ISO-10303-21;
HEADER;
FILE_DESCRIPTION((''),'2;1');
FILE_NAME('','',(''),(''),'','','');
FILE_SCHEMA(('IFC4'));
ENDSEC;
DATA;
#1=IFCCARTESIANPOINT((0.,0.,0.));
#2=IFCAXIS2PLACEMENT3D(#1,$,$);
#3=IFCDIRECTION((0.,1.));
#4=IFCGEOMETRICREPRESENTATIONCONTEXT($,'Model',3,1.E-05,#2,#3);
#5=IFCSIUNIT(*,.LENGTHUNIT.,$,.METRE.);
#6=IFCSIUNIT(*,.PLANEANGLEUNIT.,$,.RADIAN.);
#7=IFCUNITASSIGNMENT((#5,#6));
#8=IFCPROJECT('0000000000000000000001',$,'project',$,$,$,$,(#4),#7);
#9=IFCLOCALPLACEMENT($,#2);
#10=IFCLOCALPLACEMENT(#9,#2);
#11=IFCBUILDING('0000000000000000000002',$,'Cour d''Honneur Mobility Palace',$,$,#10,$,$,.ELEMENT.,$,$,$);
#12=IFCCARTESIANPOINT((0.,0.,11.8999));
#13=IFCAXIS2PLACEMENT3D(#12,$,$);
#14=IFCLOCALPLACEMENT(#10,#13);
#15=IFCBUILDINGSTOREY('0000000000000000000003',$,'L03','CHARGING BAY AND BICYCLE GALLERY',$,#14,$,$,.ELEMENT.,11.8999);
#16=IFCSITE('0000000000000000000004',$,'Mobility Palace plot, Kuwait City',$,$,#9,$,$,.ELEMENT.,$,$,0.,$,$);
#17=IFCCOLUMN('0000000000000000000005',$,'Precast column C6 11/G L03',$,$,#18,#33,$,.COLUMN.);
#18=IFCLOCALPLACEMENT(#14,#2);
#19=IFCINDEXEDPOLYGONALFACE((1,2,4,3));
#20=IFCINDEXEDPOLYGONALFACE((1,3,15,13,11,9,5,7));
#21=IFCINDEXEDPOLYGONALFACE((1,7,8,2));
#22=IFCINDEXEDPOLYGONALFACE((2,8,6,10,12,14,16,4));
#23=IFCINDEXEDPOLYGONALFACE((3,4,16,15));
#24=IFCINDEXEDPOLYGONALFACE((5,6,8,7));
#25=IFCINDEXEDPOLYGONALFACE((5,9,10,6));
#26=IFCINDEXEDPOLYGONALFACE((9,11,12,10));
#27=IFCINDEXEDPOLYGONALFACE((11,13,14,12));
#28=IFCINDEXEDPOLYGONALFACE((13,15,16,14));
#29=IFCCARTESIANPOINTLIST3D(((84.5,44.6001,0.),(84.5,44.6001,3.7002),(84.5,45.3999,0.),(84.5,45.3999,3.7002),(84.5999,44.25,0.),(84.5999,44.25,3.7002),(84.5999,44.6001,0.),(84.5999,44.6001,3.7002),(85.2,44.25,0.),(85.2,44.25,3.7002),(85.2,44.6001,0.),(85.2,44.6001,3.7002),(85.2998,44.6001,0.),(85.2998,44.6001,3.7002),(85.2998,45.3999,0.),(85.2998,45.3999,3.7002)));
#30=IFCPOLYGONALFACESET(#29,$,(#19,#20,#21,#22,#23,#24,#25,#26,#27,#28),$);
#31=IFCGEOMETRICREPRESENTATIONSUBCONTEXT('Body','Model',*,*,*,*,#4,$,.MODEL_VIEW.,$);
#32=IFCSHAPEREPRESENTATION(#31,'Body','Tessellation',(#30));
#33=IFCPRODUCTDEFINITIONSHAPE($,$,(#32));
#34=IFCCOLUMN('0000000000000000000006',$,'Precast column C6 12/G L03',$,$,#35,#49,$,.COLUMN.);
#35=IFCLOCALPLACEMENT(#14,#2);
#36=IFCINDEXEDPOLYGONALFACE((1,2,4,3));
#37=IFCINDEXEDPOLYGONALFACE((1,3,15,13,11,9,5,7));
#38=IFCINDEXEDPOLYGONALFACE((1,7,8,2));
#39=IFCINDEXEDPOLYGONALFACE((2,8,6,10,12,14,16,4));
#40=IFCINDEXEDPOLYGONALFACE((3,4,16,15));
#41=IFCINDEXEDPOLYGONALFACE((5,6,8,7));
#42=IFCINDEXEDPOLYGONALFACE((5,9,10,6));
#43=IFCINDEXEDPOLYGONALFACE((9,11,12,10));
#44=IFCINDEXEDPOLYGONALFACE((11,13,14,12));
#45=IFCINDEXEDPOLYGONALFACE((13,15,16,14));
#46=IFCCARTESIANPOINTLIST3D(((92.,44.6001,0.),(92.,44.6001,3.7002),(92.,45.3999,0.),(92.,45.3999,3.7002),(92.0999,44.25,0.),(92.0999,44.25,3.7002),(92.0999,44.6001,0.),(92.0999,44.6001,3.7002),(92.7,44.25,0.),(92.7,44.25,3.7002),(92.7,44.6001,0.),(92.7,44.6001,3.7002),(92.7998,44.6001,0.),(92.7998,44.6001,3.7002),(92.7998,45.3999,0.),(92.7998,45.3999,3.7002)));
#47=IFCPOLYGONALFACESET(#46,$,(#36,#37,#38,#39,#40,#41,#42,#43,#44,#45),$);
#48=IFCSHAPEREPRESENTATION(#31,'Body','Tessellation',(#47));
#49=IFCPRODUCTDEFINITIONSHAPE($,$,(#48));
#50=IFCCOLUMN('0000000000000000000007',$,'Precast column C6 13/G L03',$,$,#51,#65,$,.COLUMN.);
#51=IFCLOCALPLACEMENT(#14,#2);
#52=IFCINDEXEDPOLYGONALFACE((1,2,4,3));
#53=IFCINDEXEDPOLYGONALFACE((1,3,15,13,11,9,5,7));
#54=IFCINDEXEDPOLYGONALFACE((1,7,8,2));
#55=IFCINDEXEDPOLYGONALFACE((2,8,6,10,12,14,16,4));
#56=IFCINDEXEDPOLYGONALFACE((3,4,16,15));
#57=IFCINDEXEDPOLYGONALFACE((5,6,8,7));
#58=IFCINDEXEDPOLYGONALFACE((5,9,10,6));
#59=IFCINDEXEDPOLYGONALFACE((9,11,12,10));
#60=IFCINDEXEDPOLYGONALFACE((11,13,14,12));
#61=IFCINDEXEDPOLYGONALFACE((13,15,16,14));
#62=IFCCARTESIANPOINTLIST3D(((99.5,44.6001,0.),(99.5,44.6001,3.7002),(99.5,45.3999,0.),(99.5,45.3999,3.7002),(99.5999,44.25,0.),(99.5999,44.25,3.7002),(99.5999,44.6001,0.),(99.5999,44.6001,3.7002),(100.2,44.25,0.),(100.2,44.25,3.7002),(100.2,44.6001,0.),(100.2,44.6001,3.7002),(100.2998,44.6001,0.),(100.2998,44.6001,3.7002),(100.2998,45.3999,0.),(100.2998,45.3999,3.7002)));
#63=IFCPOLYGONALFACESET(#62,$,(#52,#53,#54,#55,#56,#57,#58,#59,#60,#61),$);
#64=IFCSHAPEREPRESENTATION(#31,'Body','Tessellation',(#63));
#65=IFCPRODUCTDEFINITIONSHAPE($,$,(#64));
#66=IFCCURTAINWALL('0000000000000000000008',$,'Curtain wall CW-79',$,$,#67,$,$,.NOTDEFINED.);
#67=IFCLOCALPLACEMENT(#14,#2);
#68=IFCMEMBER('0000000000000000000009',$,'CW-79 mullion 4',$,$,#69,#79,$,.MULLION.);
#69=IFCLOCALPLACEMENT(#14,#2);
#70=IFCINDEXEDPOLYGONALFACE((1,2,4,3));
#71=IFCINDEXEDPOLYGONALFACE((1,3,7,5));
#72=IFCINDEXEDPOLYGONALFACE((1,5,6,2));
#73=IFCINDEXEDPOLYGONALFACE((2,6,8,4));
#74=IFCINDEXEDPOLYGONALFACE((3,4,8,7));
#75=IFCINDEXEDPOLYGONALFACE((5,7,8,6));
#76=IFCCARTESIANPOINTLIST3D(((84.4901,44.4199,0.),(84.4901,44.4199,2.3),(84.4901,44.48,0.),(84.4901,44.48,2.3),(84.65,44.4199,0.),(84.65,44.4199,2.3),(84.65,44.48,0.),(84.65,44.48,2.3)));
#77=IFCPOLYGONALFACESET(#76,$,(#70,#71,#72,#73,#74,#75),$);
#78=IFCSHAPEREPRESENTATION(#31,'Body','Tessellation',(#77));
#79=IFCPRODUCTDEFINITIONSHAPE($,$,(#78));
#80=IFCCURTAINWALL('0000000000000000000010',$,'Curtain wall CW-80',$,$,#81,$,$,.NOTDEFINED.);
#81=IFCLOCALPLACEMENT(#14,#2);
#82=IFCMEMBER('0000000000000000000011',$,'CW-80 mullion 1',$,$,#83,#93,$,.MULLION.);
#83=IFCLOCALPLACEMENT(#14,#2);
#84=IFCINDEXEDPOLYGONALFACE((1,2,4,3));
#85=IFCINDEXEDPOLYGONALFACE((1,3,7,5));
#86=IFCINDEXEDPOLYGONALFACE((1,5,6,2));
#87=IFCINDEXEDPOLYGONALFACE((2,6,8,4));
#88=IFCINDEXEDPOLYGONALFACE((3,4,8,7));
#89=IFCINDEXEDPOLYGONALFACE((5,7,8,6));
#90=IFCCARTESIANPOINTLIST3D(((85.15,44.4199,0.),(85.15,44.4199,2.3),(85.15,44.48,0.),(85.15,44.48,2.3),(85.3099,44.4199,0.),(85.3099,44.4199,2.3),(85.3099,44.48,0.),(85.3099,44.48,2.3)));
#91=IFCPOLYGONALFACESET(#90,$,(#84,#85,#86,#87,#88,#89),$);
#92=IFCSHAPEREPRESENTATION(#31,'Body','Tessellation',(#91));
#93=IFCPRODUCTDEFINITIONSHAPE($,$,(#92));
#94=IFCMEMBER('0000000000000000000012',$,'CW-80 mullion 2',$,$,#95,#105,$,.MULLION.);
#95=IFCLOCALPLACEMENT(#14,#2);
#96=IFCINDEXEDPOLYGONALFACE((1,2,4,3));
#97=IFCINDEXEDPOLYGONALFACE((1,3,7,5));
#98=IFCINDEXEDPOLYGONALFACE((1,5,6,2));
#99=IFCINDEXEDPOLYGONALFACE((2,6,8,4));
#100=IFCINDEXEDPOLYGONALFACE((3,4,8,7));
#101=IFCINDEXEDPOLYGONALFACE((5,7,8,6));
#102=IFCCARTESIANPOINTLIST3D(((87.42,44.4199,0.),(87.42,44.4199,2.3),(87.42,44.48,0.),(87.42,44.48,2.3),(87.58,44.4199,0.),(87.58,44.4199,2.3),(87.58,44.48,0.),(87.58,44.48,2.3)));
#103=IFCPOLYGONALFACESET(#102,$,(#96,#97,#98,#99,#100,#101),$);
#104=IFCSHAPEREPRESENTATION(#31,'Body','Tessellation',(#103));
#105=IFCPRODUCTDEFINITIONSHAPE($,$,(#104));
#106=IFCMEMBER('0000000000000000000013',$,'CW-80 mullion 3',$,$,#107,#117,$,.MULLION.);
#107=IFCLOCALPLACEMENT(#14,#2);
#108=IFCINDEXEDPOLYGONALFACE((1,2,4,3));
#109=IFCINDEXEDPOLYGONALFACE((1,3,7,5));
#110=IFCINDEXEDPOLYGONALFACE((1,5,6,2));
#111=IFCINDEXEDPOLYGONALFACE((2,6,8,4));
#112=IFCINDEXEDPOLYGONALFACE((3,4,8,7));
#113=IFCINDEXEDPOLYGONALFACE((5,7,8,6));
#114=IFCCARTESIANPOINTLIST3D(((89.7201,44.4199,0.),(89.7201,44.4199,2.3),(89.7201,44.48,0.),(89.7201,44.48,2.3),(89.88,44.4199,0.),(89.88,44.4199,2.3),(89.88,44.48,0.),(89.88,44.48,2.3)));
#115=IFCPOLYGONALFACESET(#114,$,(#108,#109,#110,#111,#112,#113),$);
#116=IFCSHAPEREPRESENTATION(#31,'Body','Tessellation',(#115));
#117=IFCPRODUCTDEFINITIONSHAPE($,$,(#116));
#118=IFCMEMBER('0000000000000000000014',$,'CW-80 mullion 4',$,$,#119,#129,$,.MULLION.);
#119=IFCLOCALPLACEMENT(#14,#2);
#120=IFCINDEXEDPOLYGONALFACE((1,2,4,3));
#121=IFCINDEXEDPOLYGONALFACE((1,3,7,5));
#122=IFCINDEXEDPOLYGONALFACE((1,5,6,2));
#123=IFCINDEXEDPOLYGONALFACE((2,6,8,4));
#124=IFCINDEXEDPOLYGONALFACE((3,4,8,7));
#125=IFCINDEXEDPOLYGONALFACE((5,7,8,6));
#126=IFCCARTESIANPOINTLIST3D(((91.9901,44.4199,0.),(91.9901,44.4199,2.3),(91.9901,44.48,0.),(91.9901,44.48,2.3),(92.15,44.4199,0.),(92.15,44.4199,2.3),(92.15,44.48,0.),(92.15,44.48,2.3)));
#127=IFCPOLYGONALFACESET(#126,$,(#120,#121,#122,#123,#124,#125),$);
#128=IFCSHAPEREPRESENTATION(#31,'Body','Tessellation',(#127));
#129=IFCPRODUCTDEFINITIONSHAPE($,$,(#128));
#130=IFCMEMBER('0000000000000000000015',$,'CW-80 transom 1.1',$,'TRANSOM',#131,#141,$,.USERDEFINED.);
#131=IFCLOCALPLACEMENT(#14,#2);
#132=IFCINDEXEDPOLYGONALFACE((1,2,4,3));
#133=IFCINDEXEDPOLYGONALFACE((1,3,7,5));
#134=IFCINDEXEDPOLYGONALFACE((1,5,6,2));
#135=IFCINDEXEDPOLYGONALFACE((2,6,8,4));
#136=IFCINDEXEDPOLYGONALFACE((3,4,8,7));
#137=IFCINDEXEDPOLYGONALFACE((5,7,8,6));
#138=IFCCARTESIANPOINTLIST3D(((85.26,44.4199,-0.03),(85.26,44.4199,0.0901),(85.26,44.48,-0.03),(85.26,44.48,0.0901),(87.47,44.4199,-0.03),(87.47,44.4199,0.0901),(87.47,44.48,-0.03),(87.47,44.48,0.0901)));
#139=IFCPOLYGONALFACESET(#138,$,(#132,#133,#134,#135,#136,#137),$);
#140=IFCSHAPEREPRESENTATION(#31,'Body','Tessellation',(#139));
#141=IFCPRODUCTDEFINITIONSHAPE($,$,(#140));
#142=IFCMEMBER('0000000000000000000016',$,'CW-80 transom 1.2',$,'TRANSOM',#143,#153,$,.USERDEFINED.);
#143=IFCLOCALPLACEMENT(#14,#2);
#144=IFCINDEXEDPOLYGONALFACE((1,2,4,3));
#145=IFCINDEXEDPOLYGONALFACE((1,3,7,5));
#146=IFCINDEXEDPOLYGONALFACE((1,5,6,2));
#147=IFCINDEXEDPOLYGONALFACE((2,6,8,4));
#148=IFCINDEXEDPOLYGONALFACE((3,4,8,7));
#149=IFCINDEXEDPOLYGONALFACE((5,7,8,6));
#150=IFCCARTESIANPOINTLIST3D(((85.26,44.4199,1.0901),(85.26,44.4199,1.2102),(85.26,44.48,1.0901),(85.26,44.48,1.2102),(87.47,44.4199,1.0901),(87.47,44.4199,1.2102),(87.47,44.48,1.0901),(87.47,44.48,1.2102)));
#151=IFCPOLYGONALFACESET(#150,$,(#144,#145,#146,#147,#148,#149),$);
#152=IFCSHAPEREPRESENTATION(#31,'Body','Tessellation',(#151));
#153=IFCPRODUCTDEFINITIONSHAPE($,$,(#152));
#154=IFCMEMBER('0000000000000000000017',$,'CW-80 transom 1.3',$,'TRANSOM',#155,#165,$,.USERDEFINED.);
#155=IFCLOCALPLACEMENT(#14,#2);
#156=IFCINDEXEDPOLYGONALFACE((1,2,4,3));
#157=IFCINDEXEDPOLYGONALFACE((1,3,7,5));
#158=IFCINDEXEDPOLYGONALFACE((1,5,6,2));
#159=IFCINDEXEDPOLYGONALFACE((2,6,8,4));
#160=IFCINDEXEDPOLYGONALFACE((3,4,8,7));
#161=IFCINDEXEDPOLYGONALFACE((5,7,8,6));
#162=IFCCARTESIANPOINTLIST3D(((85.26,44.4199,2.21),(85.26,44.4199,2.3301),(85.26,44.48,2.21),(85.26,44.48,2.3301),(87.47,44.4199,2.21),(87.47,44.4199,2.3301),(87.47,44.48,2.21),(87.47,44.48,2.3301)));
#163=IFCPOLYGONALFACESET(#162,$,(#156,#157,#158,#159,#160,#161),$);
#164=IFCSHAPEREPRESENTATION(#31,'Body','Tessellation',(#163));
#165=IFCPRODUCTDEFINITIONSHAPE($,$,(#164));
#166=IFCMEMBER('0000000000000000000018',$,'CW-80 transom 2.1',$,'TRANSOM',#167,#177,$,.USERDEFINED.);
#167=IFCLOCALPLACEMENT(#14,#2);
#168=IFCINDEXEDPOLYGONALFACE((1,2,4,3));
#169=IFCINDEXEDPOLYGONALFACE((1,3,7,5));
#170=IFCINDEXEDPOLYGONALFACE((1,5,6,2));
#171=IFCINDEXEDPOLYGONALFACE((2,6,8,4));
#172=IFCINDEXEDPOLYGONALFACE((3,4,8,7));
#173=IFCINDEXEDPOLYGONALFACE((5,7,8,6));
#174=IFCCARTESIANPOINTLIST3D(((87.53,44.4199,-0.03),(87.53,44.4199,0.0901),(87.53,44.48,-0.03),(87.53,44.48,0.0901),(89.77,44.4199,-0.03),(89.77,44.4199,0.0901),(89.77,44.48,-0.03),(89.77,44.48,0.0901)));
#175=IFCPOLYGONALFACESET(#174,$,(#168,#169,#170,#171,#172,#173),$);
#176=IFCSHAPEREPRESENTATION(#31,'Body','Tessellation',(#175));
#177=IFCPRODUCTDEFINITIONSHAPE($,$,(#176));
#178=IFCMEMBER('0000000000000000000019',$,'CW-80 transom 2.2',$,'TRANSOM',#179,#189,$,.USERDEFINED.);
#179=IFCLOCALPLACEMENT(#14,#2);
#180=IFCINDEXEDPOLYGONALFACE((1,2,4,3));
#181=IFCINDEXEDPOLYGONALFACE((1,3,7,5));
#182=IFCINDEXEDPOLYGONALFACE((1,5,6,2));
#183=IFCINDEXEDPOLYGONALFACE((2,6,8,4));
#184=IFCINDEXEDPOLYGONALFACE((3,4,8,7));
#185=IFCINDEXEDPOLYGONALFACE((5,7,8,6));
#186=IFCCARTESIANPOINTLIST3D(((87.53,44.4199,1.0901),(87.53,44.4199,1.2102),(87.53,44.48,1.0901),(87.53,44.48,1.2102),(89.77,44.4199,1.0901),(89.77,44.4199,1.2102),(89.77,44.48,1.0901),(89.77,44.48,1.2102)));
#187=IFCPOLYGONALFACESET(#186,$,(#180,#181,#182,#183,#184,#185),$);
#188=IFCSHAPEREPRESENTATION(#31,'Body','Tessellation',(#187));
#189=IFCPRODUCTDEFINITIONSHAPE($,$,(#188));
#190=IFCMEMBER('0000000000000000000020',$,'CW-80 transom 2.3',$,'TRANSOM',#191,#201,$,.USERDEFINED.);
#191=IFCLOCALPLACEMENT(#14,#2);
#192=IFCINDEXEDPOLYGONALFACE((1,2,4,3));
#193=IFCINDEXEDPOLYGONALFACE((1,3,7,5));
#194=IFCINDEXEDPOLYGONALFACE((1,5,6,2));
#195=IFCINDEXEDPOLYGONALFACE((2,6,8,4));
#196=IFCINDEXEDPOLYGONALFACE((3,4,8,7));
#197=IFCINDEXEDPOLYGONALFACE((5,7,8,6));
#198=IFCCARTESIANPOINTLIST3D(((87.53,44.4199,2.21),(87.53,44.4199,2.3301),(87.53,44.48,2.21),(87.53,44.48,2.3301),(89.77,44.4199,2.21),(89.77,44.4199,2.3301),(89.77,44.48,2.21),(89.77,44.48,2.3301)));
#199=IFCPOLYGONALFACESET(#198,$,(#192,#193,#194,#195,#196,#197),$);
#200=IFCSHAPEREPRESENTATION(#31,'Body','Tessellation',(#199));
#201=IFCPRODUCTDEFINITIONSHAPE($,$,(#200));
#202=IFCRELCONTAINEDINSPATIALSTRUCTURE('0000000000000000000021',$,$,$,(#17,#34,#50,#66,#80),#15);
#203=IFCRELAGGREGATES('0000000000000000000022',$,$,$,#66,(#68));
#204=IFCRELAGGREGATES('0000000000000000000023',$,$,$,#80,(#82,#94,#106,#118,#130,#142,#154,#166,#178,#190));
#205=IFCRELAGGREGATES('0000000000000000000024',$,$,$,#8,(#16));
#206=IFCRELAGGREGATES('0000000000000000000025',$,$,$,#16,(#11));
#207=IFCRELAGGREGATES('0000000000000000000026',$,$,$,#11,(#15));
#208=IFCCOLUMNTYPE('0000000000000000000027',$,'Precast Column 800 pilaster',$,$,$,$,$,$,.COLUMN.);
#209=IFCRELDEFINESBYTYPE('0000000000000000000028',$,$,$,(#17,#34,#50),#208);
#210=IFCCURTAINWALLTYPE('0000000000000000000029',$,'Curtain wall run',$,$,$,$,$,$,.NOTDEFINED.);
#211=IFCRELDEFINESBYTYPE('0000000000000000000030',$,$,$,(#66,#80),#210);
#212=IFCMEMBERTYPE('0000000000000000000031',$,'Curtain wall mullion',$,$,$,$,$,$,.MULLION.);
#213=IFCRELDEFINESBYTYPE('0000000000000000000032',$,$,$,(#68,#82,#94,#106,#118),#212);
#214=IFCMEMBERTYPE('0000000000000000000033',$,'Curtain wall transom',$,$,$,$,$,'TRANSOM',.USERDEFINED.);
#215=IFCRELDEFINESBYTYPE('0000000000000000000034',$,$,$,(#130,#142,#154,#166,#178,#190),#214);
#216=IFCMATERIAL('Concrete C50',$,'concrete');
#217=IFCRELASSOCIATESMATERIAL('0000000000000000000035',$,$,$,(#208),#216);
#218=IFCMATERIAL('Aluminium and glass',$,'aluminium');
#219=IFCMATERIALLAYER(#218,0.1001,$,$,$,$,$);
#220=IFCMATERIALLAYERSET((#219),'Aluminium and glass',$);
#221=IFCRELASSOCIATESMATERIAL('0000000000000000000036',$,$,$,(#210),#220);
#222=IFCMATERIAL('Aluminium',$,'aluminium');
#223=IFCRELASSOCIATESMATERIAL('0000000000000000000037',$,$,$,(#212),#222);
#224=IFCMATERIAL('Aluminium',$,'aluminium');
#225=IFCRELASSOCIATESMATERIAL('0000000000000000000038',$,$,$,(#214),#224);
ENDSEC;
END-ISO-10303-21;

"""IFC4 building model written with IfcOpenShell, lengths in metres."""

from ifc_helpers import new_model, si_unit, direction, frame, origin, origin_2d, place, context, subcontext, project, spatial, polyline, rectangle, outline, extrude, material, layer, layer_set, material_profile, profile_set, type_object, element, aggregate, save


model = new_model("IFC4")

# Units and contexts
model_context = context("Model", 3, precision=1e-05, world=origin(), true_north=direction((0.0, 1.0)))
body_context = subcontext(model_context, "Body", "Model", "MODEL_VIEW")
ifc_project = project(units=[si_unit("LENGTHUNIT", "METRE"), si_unit("PLANEANGLEUNIT", "RADIAN")], contexts=[model_context])

# Site, building, storey
site_placement = place(None, origin())
site = spatial("IfcSite", under=ifc_project, at=site_placement, Name="Mobility Palace plot, Kuwait City", CompositionType="ELEMENT", RefElevation=0.0)
building_placement = place(site_placement, origin())
building = spatial("IfcBuilding", under=site, at=building_placement, Name="Cour d'Honneur Mobility Palace", CompositionType="ELEMENT")
storey_placement = place(building_placement, frame((0.0, 0.0, 11.8999)))
storey = spatial("IfcBuildingStorey", under=building, at=storey_placement, Name="L03", Description="CHARGING BAY AND BICYCLE GALLERY", CompositionType="ELEMENT", Elevation=11.8999)

# Columns
ifc_material_1 = material(Name="Concrete C50", Category="concrete")
ifc_material_profile_1 = material_profile(ifc_material_1, outline(polyline([(-0.3999, -0.3999), (0.3999, -0.3999), (0.3999, -0.3), (0.75, -0.3), (0.75, 0.3), (0.3999, 0.3), (0.3999, 0.3999), (-0.3999, 0.3999), (-0.3999, -0.3999)])), Name="PC C800 pilaster")
ifc_profile_set_1 = profile_set([ifc_material_profile_1], Name="Concrete C50")
column_type = type_object("IfcColumnType", Name="Precast Column 800 pilaster", PredefinedType="COLUMN", material=ifc_profile_set_1)
for number, where, z_axis, x_axis, name in (
    (1, (84.8999, 45.0, 0.0), (0.0, 0.0, 1.0), (0.0, -1.0, 0.0), "Precast column C6 11/G L03"),
    (2, (92.3999, 45.0, 0.0), (0.0, 0.0, 1.0), (0.0, -1.0, 0.0), "Precast column C6 12/G L03"),
    (3, (99.8999, 45.0, 0.0), (0.0, 0.0, 1.0), (0.0, -1.0, 0.0), "Precast column C6 13/G L03"),
):
    element("IfcColumn", number, at=place(storey_placement, frame(where, z_axis=z_axis, x_axis=x_axis)), inside=storey, type_object=column_type, Name=name, PredefinedType="COLUMN", context=body_context, shape_type="SweptSolid", body=[
        extrude(outline(polyline([(-0.3999, -0.3999), (0.3999, -0.3999), (0.3999, -0.3), (0.75, -0.3), (0.75, 0.3), (0.3999, 0.3), (0.3999, 0.3999), (-0.3999, 0.3999), (-0.3999, -0.3999)])), origin(), (0.0, 0.0, 1.0), 3.7002),
    ])

# Curtain wall, member
ifc_material_2 = material(Name="Aluminium and glass", Category="aluminium")
ifc_layer_1 = layer(ifc_material_2, 0.1001)
ifc_layer_set_1 = layer_set([ifc_layer_1], Name="Aluminium and glass")
curtain_wall_type = type_object("IfcCurtainWallType", Name="Curtain wall run", PredefinedType="NOTDEFINED", material=ifc_layer_set_1)
curtain_wall_1_placement = place(storey_placement, origin())
curtain_wall_1 = element("IfcCurtainWall", 4, at=curtain_wall_1_placement, inside=storey, type_object=curtain_wall_type, Name="Curtain wall CW-79", PredefinedType="NOTDEFINED")
ifc_material_3 = material(Name="Aluminium", Category="aluminium")
ifc_material_profile_2 = material_profile(ifc_material_3, rectangle(XDim=0.0601, YDim=0.1599, at=origin_2d()), Name="Curtain wall mullion")
ifc_profile_set_2 = profile_set([ifc_material_profile_2], Name="Aluminium")
member_type_1 = type_object("IfcMemberType", Name="Curtain wall mullion", PredefinedType="MULLION", material=ifc_profile_set_2)
member_1_placement = place(storey_placement, frame((84.5701, 44.45, 0.0), z_axis=(0.0, 0.0, 1.0), x_axis=(0.0, 1.0, 0.0)))
member_1 = element("IfcMember", 5, at=member_1_placement, type_object=member_type_1, Name="CW-79 mullion 4", PredefinedType="MULLION", context=body_context, shape_type="SweptSolid", body=[
    extrude(rectangle(XDim=0.0601, YDim=0.1599, at=origin_2d()), origin(), (0.0, 0.0, 1.0), 2.3),
])
aggregate(curtain_wall_1, [member_1])

# Curtain wall, members
curtain_wall_2_placement = place(storey_placement, origin())
curtain_wall_2 = element("IfcCurtainWall", 6, at=curtain_wall_2_placement, inside=storey, type_object=curtain_wall_type, Name="Curtain wall CW-80", PredefinedType="NOTDEFINED")
member_2_placement = place(storey_placement, frame((85.23, 44.45, 0.0), z_axis=(0.0, 0.0, 1.0), x_axis=(0.0, 1.0, 0.0)))
member_2 = element("IfcMember", 7, at=member_2_placement, type_object=member_type_1, Name="CW-80 mullion 1", PredefinedType="MULLION", context=body_context, shape_type="SweptSolid", body=[
    extrude(rectangle(XDim=0.0601, YDim=0.1599, at=origin_2d()), origin(), (0.0, 0.0, 1.0), 2.3),
])
member_3_placement = place(storey_placement, frame((87.5, 44.45, 0.0), z_axis=(0.0, 0.0, 1.0), x_axis=(0.0, 1.0, 0.0)))
member_3 = element("IfcMember", 8, at=member_3_placement, type_object=member_type_1, Name="CW-80 mullion 2", PredefinedType="MULLION", context=body_context, shape_type="SweptSolid", body=[
    extrude(rectangle(XDim=0.0601, YDim=0.1599, at=origin_2d()), origin(), (0.0, 0.0, 1.0), 2.3),
])
member_4_placement = place(storey_placement, frame((89.8, 44.45, 0.0), z_axis=(0.0, 0.0, 1.0), x_axis=(0.0, 1.0, 0.0)))
member_4 = element("IfcMember", 9, at=member_4_placement, type_object=member_type_1, Name="CW-80 mullion 3", PredefinedType="MULLION", context=body_context, shape_type="SweptSolid", body=[
    extrude(rectangle(XDim=0.0601, YDim=0.1599, at=origin_2d()), origin(), (0.0, 0.0, 1.0), 2.3),
])
member_5_placement = place(storey_placement, frame((92.0701, 44.45, 0.0), z_axis=(0.0, 0.0, 1.0), x_axis=(0.0, 1.0, 0.0)))
member_5 = element("IfcMember", 10, at=member_5_placement, type_object=member_type_1, Name="CW-80 mullion 4", PredefinedType="MULLION", context=body_context, shape_type="SweptSolid", body=[
    extrude(rectangle(XDim=0.0601, YDim=0.1599, at=origin_2d()), origin(), (0.0, 0.0, 1.0), 2.3),
])
ifc_material_4 = material(Name="Aluminium", Category="aluminium")
ifc_material_profile_3 = material_profile(ifc_material_4, rectangle(XDim=0.0601, YDim=0.1201, at=origin_2d()), Name="Curtain wall transom")
ifc_profile_set_3 = profile_set([ifc_material_profile_3], Name="Aluminium")
member_type_2 = type_object("IfcMemberType", Name="Curtain wall transom", ElementType="TRANSOM", PredefinedType="USERDEFINED", material=ifc_profile_set_3)
member_6_placement = place(storey_placement, frame((85.26, 44.45, 0.03), z_axis=(1.0, 0.0, 0.0), x_axis=(0.0, 1.0, 0.0)))
member_6 = element("IfcMember", 11, at=member_6_placement, type_object=member_type_2, Name="CW-80 transom 1.1", ObjectType="TRANSOM", PredefinedType="USERDEFINED", context=body_context, shape_type="SweptSolid", body=[
    extrude(rectangle(XDim=0.0601, YDim=0.1201, at=origin_2d()), origin(), (0.0, 0.0, 1.0), 2.21),
])
member_7_placement = place(storey_placement, frame((85.26, 44.45, 1.1501), z_axis=(1.0, 0.0, 0.0), x_axis=(0.0, 1.0, 0.0)))
member_7 = element("IfcMember", 12, at=member_7_placement, type_object=member_type_2, Name="CW-80 transom 1.2", ObjectType="TRANSOM", PredefinedType="USERDEFINED", context=body_context, shape_type="SweptSolid", body=[
    extrude(rectangle(XDim=0.0601, YDim=0.1201, at=origin_2d()), origin(), (0.0, 0.0, 1.0), 2.21),
])
member_8_placement = place(storey_placement, frame((85.26, 44.45, 2.27), z_axis=(1.0, 0.0, 0.0), x_axis=(0.0, 1.0, 0.0)))
member_8 = element("IfcMember", 13, at=member_8_placement, type_object=member_type_2, Name="CW-80 transom 1.3", ObjectType="TRANSOM", PredefinedType="USERDEFINED", context=body_context, shape_type="SweptSolid", body=[
    extrude(rectangle(XDim=0.0601, YDim=0.1201, at=origin_2d()), origin(), (0.0, 0.0, 1.0), 2.21),
])
member_9_placement = place(storey_placement, frame((87.53, 44.45, 0.03), z_axis=(1.0, 0.0, 0.0), x_axis=(0.0, 1.0, 0.0)))
member_9 = element("IfcMember", 14, at=member_9_placement, type_object=member_type_2, Name="CW-80 transom 2.1", ObjectType="TRANSOM", PredefinedType="USERDEFINED", context=body_context, shape_type="SweptSolid", body=[
    extrude(rectangle(XDim=0.0601, YDim=0.1201, at=origin_2d()), origin(), (0.0, 0.0, 1.0), 2.24),
])
member_10_placement = place(storey_placement, frame((87.53, 44.45, 1.1501), z_axis=(1.0, 0.0, 0.0), x_axis=(0.0, 1.0, 0.0)))
member_10 = element("IfcMember", 15, at=member_10_placement, type_object=member_type_2, Name="CW-80 transom 2.2", ObjectType="TRANSOM", PredefinedType="USERDEFINED", context=body_context, shape_type="SweptSolid", body=[
    extrude(rectangle(XDim=0.0601, YDim=0.1201, at=origin_2d()), origin(), (0.0, 0.0, 1.0), 2.24),
])
member_11_placement = place(storey_placement, frame((87.53, 44.45, 2.27), z_axis=(1.0, 0.0, 0.0), x_axis=(0.0, 1.0, 0.0)))
member_11 = element("IfcMember", 16, at=member_11_placement, type_object=member_type_2, Name="CW-80 transom 2.3", ObjectType="TRANSOM", PredefinedType="USERDEFINED", context=body_context, shape_type="SweptSolid", body=[
    extrude(rectangle(XDim=0.0601, YDim=0.1201, at=origin_2d()), origin(), (0.0, 0.0, 1.0), 2.24),
])

aggregate(curtain_wall_2, [member_2, member_3, member_4, member_5, member_6, member_7, member_8, member_9, member_10, member_11])

save(model, "model.ifc")
